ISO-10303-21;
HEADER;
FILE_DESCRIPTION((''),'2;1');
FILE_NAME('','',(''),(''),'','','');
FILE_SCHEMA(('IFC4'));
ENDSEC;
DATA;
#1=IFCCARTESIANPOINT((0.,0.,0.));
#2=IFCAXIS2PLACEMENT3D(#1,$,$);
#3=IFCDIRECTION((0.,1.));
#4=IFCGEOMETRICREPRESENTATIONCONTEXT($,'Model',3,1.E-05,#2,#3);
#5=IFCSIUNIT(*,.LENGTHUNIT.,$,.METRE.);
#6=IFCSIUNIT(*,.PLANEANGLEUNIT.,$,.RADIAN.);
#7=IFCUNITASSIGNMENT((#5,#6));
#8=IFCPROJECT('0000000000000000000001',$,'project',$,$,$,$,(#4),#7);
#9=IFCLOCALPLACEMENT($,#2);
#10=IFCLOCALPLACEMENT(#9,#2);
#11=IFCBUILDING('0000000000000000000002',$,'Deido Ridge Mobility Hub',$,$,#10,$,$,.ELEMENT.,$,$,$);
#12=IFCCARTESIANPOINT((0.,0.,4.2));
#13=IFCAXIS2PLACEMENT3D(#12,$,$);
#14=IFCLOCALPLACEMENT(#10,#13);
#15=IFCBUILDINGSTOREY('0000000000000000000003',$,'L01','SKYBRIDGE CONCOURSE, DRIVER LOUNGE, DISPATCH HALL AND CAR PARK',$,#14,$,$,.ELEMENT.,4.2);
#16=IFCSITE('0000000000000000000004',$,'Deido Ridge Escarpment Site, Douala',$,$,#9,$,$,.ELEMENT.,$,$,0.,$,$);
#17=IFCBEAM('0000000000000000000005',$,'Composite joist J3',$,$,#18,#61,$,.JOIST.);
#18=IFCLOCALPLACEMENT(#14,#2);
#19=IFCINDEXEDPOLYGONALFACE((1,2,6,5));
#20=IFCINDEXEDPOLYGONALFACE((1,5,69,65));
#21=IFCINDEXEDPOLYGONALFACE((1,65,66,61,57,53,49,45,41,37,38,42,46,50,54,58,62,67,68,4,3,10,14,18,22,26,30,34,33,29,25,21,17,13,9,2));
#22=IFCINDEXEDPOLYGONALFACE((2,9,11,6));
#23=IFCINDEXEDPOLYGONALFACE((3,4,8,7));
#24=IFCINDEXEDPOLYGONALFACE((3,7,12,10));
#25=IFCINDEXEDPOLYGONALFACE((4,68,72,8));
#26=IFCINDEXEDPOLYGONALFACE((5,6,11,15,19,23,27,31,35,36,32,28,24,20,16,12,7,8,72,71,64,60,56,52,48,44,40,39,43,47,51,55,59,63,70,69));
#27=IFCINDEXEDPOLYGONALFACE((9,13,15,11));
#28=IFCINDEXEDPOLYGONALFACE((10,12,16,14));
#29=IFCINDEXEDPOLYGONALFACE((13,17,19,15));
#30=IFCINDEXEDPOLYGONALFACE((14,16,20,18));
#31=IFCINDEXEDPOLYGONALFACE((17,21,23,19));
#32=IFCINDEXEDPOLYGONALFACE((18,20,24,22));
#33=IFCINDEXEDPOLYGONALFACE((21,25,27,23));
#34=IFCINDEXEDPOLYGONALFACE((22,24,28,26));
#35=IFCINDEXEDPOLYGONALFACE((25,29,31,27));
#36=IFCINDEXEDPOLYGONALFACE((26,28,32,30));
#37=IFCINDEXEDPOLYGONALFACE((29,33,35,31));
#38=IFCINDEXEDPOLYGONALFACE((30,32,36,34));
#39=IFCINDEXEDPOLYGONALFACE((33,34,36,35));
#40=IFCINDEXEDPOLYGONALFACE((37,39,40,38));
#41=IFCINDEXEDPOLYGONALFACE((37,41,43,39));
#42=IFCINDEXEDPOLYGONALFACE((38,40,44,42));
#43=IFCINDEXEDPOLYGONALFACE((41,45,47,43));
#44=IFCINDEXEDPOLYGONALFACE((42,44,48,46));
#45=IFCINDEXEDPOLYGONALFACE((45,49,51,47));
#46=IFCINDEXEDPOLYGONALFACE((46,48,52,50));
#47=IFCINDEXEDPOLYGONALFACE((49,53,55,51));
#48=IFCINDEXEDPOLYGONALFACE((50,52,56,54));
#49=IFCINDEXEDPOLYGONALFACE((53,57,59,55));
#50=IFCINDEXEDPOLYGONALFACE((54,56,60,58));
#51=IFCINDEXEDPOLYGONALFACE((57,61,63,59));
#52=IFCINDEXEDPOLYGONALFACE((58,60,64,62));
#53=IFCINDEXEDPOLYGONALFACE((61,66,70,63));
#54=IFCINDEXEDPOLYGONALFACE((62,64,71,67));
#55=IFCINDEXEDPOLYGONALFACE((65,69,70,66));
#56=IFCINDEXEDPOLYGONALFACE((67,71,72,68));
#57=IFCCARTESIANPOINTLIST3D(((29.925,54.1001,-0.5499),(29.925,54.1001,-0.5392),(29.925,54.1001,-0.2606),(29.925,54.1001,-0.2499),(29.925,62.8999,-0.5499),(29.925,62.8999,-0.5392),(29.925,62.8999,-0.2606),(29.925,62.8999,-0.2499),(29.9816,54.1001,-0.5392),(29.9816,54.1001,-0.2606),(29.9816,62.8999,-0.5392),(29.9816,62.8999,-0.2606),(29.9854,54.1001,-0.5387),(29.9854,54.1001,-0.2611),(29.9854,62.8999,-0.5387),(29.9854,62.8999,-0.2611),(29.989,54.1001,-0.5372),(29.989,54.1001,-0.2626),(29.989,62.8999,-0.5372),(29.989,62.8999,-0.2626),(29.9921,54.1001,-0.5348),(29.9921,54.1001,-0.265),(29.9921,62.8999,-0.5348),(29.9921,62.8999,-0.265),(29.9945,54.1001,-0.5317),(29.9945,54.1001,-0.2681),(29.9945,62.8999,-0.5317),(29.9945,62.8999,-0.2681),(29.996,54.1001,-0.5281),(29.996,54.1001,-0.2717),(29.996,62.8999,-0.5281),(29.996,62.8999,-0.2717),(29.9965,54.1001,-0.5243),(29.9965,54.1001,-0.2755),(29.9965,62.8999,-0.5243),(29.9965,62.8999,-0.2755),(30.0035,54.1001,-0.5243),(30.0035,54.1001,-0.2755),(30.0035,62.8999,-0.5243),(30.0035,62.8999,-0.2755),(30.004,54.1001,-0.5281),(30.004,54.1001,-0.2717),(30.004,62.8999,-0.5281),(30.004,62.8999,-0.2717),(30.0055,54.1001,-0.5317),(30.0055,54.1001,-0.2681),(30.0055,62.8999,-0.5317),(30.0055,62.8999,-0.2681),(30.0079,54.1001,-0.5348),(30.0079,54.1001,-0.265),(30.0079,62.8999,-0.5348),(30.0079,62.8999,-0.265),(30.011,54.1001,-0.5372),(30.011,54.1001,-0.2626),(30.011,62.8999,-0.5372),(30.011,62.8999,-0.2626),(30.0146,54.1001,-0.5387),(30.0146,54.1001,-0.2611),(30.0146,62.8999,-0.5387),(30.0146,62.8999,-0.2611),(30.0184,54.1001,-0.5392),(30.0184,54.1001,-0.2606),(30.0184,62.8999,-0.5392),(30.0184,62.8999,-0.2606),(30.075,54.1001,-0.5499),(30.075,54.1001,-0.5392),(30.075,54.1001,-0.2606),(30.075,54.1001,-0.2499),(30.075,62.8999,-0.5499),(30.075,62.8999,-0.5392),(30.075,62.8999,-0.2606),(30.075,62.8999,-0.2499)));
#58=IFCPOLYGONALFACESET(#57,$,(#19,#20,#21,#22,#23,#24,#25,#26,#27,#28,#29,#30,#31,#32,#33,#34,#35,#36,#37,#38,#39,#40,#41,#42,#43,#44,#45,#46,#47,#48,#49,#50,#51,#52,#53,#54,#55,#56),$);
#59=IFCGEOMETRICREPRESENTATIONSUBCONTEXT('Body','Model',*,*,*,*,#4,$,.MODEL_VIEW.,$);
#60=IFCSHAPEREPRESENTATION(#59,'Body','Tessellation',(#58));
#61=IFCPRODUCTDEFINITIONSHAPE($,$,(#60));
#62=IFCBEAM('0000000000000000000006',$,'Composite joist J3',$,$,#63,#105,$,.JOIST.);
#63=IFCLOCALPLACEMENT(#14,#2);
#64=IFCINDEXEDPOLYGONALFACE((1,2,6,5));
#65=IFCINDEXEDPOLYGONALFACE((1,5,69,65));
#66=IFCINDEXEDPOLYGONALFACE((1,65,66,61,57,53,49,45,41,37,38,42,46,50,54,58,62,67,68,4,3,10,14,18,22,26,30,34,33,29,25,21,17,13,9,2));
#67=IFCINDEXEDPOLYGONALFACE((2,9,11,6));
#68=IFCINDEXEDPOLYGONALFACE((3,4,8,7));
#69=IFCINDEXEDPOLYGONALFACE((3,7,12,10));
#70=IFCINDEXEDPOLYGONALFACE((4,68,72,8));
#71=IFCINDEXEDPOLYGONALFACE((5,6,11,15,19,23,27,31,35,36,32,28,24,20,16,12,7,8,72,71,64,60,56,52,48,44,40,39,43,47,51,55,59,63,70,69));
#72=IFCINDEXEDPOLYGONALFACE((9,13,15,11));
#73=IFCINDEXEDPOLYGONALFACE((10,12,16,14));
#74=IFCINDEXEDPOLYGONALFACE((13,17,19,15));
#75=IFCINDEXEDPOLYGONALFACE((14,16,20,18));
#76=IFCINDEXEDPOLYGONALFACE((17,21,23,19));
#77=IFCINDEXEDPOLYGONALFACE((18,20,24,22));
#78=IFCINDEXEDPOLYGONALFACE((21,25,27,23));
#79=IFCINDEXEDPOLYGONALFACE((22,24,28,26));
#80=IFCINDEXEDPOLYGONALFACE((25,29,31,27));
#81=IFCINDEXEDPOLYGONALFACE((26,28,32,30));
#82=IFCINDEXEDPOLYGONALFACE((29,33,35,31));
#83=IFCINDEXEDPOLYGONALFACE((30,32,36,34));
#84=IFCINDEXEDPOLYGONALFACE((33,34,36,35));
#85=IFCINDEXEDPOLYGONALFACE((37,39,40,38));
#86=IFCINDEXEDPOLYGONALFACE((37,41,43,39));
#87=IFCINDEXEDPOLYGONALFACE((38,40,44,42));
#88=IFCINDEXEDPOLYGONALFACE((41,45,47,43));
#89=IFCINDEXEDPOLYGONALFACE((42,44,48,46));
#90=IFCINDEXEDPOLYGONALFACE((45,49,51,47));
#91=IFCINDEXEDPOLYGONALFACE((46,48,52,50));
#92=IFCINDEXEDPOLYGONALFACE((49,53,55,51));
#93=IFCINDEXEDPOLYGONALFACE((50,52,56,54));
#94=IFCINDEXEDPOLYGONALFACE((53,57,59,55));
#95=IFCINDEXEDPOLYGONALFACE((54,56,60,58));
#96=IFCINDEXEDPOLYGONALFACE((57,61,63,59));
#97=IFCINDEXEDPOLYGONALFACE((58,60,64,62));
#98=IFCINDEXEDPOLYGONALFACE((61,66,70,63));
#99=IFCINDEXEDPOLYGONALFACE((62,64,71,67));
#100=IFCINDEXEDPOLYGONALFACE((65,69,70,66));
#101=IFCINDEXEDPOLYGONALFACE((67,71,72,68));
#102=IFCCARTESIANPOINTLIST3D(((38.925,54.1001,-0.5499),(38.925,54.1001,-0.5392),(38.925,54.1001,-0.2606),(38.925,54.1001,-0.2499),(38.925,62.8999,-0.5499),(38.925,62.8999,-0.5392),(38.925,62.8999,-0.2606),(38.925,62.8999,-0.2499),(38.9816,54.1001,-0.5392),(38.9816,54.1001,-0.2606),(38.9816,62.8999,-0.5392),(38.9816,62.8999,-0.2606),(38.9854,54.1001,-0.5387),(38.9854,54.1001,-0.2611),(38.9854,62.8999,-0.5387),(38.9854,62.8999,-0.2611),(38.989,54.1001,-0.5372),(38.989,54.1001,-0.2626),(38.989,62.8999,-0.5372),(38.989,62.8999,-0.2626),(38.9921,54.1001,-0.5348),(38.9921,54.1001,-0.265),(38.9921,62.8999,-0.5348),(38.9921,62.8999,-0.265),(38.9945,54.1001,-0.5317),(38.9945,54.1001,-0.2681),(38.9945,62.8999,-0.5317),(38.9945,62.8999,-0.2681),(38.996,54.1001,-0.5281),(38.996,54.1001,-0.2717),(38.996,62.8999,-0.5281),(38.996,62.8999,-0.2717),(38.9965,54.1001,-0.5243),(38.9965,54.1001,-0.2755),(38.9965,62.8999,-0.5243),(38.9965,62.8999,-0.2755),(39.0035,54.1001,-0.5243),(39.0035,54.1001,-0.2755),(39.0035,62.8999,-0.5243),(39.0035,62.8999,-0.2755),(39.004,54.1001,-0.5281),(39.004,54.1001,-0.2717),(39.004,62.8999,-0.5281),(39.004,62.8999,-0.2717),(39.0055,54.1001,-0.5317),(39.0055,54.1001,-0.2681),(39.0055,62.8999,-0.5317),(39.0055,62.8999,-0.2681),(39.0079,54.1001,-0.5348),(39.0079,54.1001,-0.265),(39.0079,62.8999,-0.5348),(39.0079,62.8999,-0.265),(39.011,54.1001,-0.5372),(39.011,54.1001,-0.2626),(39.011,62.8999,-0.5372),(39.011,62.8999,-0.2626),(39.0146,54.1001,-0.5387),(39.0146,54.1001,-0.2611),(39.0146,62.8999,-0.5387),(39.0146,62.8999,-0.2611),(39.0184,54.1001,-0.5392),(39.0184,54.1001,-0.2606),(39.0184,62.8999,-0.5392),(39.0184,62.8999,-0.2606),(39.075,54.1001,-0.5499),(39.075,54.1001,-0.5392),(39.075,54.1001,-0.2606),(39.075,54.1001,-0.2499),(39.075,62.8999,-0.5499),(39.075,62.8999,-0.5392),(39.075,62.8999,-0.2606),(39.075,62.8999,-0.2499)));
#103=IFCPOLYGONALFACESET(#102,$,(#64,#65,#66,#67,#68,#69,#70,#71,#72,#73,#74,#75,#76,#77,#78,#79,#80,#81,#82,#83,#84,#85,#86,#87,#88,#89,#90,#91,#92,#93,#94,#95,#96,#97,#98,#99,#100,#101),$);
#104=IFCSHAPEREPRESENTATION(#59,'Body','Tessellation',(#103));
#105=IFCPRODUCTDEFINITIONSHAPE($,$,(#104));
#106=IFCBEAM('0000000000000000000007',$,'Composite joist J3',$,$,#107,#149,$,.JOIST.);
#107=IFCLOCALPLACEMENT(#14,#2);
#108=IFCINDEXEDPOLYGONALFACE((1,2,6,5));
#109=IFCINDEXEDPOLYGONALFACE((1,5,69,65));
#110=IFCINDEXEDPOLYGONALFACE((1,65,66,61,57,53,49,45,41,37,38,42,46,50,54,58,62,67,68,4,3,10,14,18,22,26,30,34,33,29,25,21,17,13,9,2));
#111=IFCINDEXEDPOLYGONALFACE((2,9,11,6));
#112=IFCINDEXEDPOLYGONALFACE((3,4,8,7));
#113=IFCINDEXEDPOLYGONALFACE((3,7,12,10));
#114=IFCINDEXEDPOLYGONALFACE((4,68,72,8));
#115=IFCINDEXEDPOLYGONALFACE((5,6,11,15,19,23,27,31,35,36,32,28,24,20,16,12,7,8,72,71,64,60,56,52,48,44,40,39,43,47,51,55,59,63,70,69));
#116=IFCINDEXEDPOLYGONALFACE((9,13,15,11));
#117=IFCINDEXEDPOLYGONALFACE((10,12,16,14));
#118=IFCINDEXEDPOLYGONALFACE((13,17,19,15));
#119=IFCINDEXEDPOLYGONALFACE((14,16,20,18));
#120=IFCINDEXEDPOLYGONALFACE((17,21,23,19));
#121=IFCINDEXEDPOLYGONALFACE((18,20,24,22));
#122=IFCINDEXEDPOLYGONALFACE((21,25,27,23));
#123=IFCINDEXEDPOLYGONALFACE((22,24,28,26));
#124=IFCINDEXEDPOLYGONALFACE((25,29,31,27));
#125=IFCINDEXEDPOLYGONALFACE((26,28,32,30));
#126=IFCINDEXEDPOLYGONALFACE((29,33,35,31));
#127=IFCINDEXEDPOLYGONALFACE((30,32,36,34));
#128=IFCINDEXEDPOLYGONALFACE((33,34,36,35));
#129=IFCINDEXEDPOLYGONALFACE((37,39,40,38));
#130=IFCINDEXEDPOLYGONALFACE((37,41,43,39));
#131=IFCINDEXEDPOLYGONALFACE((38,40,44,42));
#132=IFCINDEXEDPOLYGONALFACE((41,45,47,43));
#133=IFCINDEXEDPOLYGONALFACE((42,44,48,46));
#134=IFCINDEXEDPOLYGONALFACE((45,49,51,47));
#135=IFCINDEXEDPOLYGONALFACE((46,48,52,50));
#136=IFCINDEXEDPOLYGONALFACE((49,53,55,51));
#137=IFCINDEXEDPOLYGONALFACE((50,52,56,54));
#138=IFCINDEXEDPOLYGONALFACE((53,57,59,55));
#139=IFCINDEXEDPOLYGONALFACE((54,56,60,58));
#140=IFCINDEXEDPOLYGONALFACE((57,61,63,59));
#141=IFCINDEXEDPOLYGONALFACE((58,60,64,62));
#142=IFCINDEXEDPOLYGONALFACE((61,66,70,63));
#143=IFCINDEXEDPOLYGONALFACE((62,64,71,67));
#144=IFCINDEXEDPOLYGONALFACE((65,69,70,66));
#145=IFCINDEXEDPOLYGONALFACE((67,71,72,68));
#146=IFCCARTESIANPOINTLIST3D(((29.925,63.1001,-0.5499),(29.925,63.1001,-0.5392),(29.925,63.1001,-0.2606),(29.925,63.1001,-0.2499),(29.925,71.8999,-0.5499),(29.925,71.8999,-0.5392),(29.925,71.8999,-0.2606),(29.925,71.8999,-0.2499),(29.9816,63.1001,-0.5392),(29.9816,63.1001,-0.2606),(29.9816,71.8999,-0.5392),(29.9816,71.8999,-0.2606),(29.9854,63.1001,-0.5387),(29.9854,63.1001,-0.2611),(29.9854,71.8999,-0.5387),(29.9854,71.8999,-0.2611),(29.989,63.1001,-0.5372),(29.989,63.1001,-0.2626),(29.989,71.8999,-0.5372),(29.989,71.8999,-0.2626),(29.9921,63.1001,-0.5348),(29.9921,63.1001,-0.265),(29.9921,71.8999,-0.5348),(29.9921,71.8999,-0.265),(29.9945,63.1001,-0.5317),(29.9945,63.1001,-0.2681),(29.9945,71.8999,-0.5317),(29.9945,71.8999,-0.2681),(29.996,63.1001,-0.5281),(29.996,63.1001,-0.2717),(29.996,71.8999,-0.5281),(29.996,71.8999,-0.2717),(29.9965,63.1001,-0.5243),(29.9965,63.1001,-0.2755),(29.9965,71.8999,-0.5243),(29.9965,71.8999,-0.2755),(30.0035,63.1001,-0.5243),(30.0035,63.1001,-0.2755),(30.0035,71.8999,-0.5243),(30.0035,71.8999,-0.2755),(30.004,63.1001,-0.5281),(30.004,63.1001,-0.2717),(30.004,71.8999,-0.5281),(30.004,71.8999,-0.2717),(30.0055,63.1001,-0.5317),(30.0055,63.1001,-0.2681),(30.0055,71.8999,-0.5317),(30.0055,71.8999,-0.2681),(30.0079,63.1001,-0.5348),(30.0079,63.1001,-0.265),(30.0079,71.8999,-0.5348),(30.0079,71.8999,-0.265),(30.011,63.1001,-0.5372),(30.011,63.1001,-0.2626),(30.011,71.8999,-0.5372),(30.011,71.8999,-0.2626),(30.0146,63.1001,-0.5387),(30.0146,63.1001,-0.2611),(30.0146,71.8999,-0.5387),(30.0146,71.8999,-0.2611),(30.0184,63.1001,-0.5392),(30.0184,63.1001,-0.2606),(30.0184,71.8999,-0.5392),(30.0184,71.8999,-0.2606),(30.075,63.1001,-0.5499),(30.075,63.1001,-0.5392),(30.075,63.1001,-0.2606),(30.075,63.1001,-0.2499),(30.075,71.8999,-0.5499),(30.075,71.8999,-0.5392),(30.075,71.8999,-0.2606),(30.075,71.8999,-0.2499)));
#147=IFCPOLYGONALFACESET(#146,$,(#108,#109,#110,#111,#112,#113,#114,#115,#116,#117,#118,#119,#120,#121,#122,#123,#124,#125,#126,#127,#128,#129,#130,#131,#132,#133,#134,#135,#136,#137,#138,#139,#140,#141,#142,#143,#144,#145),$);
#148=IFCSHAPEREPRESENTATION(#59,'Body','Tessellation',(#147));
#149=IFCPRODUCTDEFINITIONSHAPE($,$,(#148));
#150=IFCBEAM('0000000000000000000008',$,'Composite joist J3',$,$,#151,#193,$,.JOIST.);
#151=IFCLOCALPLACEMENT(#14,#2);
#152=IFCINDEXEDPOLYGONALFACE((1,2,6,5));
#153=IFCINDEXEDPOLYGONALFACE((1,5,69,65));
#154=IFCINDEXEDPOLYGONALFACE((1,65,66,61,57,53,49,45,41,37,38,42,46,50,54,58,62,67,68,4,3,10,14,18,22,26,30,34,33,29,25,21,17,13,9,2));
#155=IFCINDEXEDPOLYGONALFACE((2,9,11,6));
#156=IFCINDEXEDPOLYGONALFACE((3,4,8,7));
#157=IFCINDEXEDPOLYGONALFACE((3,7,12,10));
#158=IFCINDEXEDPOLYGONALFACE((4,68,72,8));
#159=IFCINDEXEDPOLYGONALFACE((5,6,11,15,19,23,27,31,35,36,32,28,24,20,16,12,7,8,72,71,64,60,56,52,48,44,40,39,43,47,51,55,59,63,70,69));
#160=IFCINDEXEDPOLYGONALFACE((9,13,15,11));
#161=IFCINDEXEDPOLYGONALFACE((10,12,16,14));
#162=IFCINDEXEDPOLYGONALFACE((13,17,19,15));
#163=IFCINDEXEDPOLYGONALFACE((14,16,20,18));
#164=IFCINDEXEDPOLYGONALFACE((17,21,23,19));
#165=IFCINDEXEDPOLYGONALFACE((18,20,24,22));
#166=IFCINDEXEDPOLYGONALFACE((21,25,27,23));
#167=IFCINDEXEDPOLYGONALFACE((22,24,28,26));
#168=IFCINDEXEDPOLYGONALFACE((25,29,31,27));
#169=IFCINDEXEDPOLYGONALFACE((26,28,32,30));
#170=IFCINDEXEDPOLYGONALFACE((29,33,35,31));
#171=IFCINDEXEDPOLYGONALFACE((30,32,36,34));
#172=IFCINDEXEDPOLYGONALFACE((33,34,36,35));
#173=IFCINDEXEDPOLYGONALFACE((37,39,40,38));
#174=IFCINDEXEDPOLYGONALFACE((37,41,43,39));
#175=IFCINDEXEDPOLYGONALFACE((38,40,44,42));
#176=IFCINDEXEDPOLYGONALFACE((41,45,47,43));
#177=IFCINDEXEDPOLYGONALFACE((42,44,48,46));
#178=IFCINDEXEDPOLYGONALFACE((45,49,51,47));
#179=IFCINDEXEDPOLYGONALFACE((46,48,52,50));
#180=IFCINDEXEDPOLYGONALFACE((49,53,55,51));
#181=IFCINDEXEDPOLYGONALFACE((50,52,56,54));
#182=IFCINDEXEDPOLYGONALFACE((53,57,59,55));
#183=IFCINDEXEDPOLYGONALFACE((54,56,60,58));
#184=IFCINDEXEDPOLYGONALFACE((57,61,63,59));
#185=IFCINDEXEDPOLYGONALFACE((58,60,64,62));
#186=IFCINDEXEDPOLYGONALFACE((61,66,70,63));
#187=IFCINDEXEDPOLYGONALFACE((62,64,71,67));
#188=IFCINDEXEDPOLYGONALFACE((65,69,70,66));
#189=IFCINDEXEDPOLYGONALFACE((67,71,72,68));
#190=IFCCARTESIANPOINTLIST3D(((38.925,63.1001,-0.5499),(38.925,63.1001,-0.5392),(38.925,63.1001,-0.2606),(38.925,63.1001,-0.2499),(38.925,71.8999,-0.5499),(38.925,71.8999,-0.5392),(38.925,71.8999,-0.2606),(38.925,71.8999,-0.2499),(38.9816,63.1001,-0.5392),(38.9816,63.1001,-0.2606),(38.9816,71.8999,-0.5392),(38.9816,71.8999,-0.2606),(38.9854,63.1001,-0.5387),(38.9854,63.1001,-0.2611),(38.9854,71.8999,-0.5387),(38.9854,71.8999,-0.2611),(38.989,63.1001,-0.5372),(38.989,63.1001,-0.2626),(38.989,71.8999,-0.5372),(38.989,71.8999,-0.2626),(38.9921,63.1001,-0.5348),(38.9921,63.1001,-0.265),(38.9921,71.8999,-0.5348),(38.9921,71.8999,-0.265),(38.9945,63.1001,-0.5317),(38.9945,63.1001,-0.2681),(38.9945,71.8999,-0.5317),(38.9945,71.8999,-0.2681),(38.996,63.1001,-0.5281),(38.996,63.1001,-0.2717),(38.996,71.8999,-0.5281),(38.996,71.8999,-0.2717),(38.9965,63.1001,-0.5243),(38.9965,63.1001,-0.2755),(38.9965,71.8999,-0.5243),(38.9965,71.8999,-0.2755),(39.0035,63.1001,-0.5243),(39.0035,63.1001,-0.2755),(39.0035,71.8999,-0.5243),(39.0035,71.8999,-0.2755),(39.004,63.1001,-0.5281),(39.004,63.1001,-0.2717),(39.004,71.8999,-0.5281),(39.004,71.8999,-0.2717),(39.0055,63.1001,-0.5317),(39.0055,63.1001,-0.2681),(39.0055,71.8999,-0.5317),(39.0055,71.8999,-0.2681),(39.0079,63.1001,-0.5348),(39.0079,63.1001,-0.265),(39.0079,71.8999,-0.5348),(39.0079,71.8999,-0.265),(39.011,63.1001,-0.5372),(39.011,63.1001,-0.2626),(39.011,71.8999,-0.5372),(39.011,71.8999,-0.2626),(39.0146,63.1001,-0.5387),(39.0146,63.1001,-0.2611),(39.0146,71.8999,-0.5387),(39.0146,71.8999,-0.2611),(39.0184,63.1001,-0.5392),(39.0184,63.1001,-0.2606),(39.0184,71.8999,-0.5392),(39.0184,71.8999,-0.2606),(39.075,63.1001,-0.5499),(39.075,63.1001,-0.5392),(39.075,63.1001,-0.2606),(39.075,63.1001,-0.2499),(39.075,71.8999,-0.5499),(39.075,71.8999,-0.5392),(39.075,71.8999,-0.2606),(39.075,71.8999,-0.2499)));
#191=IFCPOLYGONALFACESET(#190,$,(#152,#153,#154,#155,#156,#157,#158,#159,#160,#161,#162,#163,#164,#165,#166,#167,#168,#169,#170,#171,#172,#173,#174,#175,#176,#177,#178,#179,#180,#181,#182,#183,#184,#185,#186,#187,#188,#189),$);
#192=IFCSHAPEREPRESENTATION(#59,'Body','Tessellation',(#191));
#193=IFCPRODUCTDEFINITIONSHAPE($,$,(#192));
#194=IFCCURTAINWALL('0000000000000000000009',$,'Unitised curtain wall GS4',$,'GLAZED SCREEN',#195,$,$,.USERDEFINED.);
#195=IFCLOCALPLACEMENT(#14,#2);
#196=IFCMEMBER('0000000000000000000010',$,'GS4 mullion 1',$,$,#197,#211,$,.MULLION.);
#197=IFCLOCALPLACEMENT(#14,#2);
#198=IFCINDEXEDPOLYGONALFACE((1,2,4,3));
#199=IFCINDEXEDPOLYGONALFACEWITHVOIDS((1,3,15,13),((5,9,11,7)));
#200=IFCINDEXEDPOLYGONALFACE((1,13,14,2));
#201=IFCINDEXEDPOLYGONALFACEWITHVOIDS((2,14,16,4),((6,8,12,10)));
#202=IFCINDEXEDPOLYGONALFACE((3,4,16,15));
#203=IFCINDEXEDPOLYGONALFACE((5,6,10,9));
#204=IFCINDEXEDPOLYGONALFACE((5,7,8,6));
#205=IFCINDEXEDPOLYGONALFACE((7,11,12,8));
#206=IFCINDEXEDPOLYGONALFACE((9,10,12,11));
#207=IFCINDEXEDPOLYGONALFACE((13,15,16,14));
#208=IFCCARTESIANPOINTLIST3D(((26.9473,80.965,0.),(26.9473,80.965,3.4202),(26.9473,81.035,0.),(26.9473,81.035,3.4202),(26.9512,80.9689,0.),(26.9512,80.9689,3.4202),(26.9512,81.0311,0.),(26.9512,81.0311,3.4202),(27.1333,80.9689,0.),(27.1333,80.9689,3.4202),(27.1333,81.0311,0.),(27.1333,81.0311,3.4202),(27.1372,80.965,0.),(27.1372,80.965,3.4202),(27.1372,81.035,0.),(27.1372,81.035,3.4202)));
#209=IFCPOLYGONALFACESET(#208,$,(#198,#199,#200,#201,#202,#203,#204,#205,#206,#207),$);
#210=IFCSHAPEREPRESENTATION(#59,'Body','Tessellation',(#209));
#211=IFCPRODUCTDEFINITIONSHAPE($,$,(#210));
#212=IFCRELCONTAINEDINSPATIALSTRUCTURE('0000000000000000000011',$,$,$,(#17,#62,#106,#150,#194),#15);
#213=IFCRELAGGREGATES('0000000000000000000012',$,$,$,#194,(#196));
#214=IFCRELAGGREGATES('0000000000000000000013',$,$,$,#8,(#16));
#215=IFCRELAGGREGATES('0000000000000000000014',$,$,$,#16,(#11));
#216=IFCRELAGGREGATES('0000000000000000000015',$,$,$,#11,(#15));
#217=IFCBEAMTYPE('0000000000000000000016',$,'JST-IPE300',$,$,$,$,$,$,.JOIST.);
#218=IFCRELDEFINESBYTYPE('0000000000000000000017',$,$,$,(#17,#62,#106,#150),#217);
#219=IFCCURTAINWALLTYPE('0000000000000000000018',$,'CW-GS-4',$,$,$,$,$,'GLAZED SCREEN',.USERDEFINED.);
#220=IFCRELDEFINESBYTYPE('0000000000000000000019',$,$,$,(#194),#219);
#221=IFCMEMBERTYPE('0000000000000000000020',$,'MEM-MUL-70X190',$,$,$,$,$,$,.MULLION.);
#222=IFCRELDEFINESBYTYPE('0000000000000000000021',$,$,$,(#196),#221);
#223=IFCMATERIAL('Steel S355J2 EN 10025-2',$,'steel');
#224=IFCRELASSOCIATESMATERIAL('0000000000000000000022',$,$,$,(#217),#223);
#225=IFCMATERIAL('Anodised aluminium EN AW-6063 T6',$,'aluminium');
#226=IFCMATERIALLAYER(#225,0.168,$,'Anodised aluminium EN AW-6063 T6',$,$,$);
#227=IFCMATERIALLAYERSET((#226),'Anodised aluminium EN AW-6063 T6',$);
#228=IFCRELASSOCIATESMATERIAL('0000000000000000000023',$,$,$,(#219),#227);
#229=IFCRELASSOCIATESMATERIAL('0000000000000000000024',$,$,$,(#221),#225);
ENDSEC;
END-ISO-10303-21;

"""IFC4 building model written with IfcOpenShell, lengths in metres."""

from ifc_helpers import new_model, si_unit, direction, frame, origin, origin_2d, place, context, subcontext, project, spatial, hollow_rectangle, i_section, extrude, material, layer, layer_set, material_profile, profile_set, type_object, element, aggregate, save


model = new_model("IFC4")

# Units and contexts
model_context = context("Model", 3, precision=1e-05, world=origin(), true_north=direction((0.0, 1.0)))
body_context = subcontext(model_context, "Body", "Model", "MODEL_VIEW")
ifc_project = project(units=[si_unit("LENGTHUNIT", "METRE"), si_unit("PLANEANGLEUNIT", "RADIAN")], contexts=[model_context])

# Site, building, storey
site_placement = place(None, origin())
site = spatial("IfcSite", under=ifc_project, at=site_placement, Name="Deido Ridge Escarpment Site, Douala", CompositionType="ELEMENT", RefElevation=0.0)
building_placement = place(site_placement, origin())
building = spatial("IfcBuilding", under=site, at=building_placement, Name="Deido Ridge Mobility Hub", CompositionType="ELEMENT")
storey_placement = place(building_placement, frame((0.0, 0.0, 4.2)))
storey = spatial("IfcBuildingStorey", under=building, at=storey_placement, Name="L01", Description="SKYBRIDGE CONCOURSE, DRIVER LOUNGE, DISPATCH HALL AND CAR PARK", CompositionType="ELEMENT", Elevation=4.2)

# Shared definitions
ifc_material_1 = material(Name="Steel S355J2 EN 10025-2", Category="steel")

# Beams
ifc_material_profile_1 = material_profile(ifc_material_1, i_section(OverallWidth=0.1499, OverallDepth=0.3, WebThickness=0.0071, FlangeThickness=0.0107, FilletRadius=0.0149, at=origin_2d()), Name="IPE 300")
ifc_profile_set_1 = profile_set([ifc_material_profile_1], Name="Steel S355J2 EN 10025-2")
beam_type_1 = type_object("IfcBeamType", Name="JST-IPE300", PredefinedType="JOIST", material=ifc_profile_set_1)
for number, where, z_axis, x_axis, name in (
    (1, (30.0, 54.1001, -0.3999), (0.0, 1.0, 0.0), (-1.0, 0.0, 0.0), "Composite joist J3"),
    (2, (39.0, 54.1001, -0.3999), (0.0, 1.0, 0.0), (-1.0, 0.0, 0.0), "Composite joist J3"),
    (3, (30.0, 63.1001, -0.3999), (0.0, 1.0, 0.0), (-1.0, 0.0, 0.0), "Composite joist J3"),
    (4, (39.0, 63.1001, -0.3999), (0.0, 1.0, 0.0), (-1.0, 0.0, 0.0), "Composite joist J3"),
):
    element("IfcBeam", number, at=place(storey_placement, frame(where, z_axis=z_axis, x_axis=x_axis)), inside=storey, type_object=beam_type_1, Name=name, PredefinedType="JOIST", context=body_context, shape_type="SweptSolid", body=[
        extrude(i_section(OverallWidth=0.1499, OverallDepth=0.3, WebThickness=0.0071, FlangeThickness=0.0107, FilletRadius=0.0149, at=origin_2d()), origin(), (0.0, 0.0, 1.0), 8.7998),
    ])

# Curtain wall, member
ifc_material_2 = material(Name="Anodised aluminium EN AW-6063 T6", Category="aluminium")
ifc_layer = layer(ifc_material_2, 0.168, Name="Anodised aluminium EN AW-6063 T6")
ifc_layer_set = layer_set([ifc_layer], Name="Anodised aluminium EN AW-6063 T6")
curtain_wall_type = type_object("IfcCurtainWallType", Name="CW-GS-4", ElementType="GLAZED SCREEN", PredefinedType="USERDEFINED", material=ifc_layer_set)
curtain_wall_placement = place(storey_placement, origin())
curtain_wall = element("IfcCurtainWall", 5, at=curtain_wall_placement, inside=storey, type_object=curtain_wall_type, Name="Unitised curtain wall GS4", ObjectType="GLAZED SCREEN", PredefinedType="USERDEFINED")
ifc_material_profile_2 = material_profile(ifc_material_2, hollow_rectangle(XDim=0.0701, YDim=0.1899, WallThickness=0.0039, at=origin_2d()), Name="RHS 70x190x4")
ifc_profile_set_2 = profile_set([ifc_material_profile_2], Name="Anodised aluminium EN AW-6063 T6")
member_type_1 = type_object("IfcMemberType", Name="MEM-MUL-70X190", PredefinedType="MULLION", material=ifc_profile_set_2)
member_1_placement = place(storey_placement, frame((27.0422, 81.0, 0.0), z_axis=(0.0, 0.0, 1.0), x_axis=(0.0, 1.0, 0.0)))
member_1 = element("IfcMember", 6, at=member_1_placement, type_object=member_type_1, Name="GS4 mullion 1", PredefinedType="MULLION", context=body_context, shape_type="SweptSolid", body=[
    extrude(hollow_rectangle(XDim=0.0701, YDim=0.1899, WallThickness=0.0039, at=origin_2d()), origin(), (0.0, 0.0, 1.0), 3.4202),
])
aggregate(curtain_wall, [member_1])

save(model, "model.ifc")
